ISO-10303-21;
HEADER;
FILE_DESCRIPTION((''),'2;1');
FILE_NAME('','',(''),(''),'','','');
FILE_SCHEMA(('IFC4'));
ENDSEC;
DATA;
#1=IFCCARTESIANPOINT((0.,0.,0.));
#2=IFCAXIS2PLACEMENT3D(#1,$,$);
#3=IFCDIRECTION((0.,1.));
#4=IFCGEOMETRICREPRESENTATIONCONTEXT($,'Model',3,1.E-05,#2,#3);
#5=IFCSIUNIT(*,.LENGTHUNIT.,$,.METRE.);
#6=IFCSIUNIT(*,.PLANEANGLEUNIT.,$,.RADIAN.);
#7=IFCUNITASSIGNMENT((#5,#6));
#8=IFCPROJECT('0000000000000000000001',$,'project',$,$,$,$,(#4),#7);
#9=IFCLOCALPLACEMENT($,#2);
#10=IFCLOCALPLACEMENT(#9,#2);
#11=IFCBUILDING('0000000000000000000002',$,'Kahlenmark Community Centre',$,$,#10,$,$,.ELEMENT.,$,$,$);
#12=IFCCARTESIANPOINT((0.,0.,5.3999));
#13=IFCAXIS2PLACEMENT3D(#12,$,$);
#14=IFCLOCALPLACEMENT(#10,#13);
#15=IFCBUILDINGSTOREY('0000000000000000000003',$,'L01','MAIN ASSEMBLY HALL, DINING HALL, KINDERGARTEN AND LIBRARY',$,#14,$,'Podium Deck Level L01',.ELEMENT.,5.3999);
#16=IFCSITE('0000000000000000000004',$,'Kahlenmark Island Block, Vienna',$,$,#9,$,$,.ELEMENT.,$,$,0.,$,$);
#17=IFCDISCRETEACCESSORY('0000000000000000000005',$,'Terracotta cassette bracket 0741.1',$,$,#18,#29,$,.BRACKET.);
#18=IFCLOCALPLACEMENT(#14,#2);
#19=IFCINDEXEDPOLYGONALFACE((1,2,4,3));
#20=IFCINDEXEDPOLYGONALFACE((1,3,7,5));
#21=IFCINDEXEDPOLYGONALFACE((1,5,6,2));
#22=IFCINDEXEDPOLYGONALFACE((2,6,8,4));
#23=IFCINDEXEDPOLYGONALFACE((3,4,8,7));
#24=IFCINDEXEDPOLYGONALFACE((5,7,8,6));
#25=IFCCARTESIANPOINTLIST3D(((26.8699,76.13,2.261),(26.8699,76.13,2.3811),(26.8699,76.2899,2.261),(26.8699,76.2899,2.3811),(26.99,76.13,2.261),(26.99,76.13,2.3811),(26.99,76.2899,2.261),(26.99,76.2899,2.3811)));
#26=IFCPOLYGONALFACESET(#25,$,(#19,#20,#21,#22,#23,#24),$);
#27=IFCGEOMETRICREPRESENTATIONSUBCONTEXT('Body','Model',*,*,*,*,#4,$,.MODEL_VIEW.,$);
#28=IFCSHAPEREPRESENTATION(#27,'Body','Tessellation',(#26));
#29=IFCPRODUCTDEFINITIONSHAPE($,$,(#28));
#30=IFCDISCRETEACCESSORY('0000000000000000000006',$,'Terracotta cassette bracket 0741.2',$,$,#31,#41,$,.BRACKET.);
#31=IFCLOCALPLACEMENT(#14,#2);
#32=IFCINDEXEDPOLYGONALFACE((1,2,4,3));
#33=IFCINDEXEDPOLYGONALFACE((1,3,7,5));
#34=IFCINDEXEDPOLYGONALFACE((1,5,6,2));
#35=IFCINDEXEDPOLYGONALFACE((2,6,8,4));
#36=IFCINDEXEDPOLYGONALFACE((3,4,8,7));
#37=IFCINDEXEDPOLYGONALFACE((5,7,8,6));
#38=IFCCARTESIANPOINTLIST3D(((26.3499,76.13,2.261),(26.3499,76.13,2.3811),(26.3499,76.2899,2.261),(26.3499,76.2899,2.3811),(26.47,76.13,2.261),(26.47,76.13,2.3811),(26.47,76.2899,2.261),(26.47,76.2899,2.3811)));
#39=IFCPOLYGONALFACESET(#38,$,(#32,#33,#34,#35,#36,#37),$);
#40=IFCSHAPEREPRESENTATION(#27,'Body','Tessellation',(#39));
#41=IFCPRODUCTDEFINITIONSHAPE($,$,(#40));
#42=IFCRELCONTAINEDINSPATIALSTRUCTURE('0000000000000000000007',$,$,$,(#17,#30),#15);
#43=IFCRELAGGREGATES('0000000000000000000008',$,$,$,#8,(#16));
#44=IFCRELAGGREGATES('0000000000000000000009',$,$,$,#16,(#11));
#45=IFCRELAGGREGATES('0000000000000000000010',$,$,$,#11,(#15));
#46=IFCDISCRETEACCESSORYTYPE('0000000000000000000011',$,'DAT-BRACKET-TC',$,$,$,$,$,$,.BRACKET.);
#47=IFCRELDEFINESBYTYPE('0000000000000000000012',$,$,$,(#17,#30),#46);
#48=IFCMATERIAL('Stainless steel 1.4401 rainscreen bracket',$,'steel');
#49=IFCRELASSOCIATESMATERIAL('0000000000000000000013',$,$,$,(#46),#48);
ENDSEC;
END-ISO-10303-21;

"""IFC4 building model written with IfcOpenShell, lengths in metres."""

from ifc_helpers import new_model, si_unit, direction, frame, origin, origin_2d, place, context, subcontext, project, spatial, rectangle, extrude, material, type_object, element, save


model = new_model("IFC4")

# Units and contexts
model_context = context("Model", 3, precision=1e-05, world=origin(), true_north=direction((0.0, 1.0)))
body_context = subcontext(model_context, "Body", "Model", "MODEL_VIEW")
ifc_project = project(units=[si_unit("LENGTHUNIT", "METRE"), si_unit("PLANEANGLEUNIT", "RADIAN")], contexts=[model_context])

# Site, building, storey
site_placement = place(None, origin())
site = spatial("IfcSite", under=ifc_project, at=site_placement, Name="Kahlenmark Island Block, Vienna", CompositionType="ELEMENT", RefElevation=0.0)
building_placement = place(site_placement, origin())
building = spatial("IfcBuilding", under=site, at=building_placement, Name="Kahlenmark Community Centre", CompositionType="ELEMENT")
storey_placement = place(building_placement, frame((0.0, 0.0, 5.3999)))
storey = spatial("IfcBuildingStorey", under=building, at=storey_placement, Name="L01", Description="MAIN ASSEMBLY HALL, DINING HALL, KINDERGARTEN AND LIBRARY", LongName="Podium Deck Level L01", CompositionType="ELEMENT", Elevation=5.3999)

# Discrete accessories
ifc_material_1 = material(Name="Stainless steel 1.4401 rainscreen bracket", Category="steel")
discrete_accessory_type = type_object("IfcDiscreteAccessoryType", Name="DAT-BRACKET-TC", PredefinedType="BRACKET", material=ifc_material_1)
for number, where, z_axis, x_axis, name in (
    (1, (26.9299, 76.21, 2.261), (0.0, 0.0, 1.0), (-1.0, 0.0, 0.0), "Terracotta cassette bracket 0741.1"),
    (2, (26.4099, 76.21, 2.261), (0.0, 0.0, 1.0), (-1.0, 0.0, 0.0), "Terracotta cassette bracket 0741.2"),
):
    element("IfcDiscreteAccessory", number, at=place(storey_placement, frame(where, z_axis=z_axis, x_axis=x_axis)), inside=storey, type_object=discrete_accessory_type, Name=name, PredefinedType="BRACKET", context=body_context, shape_type="SweptSolid", body=[
        extrude(rectangle(XDim=0.1201, YDim=0.1599, at=origin_2d()), origin(), (0.0, 0.0, 1.0), 0.1201),
    ])

save(model, "model.ifc")
